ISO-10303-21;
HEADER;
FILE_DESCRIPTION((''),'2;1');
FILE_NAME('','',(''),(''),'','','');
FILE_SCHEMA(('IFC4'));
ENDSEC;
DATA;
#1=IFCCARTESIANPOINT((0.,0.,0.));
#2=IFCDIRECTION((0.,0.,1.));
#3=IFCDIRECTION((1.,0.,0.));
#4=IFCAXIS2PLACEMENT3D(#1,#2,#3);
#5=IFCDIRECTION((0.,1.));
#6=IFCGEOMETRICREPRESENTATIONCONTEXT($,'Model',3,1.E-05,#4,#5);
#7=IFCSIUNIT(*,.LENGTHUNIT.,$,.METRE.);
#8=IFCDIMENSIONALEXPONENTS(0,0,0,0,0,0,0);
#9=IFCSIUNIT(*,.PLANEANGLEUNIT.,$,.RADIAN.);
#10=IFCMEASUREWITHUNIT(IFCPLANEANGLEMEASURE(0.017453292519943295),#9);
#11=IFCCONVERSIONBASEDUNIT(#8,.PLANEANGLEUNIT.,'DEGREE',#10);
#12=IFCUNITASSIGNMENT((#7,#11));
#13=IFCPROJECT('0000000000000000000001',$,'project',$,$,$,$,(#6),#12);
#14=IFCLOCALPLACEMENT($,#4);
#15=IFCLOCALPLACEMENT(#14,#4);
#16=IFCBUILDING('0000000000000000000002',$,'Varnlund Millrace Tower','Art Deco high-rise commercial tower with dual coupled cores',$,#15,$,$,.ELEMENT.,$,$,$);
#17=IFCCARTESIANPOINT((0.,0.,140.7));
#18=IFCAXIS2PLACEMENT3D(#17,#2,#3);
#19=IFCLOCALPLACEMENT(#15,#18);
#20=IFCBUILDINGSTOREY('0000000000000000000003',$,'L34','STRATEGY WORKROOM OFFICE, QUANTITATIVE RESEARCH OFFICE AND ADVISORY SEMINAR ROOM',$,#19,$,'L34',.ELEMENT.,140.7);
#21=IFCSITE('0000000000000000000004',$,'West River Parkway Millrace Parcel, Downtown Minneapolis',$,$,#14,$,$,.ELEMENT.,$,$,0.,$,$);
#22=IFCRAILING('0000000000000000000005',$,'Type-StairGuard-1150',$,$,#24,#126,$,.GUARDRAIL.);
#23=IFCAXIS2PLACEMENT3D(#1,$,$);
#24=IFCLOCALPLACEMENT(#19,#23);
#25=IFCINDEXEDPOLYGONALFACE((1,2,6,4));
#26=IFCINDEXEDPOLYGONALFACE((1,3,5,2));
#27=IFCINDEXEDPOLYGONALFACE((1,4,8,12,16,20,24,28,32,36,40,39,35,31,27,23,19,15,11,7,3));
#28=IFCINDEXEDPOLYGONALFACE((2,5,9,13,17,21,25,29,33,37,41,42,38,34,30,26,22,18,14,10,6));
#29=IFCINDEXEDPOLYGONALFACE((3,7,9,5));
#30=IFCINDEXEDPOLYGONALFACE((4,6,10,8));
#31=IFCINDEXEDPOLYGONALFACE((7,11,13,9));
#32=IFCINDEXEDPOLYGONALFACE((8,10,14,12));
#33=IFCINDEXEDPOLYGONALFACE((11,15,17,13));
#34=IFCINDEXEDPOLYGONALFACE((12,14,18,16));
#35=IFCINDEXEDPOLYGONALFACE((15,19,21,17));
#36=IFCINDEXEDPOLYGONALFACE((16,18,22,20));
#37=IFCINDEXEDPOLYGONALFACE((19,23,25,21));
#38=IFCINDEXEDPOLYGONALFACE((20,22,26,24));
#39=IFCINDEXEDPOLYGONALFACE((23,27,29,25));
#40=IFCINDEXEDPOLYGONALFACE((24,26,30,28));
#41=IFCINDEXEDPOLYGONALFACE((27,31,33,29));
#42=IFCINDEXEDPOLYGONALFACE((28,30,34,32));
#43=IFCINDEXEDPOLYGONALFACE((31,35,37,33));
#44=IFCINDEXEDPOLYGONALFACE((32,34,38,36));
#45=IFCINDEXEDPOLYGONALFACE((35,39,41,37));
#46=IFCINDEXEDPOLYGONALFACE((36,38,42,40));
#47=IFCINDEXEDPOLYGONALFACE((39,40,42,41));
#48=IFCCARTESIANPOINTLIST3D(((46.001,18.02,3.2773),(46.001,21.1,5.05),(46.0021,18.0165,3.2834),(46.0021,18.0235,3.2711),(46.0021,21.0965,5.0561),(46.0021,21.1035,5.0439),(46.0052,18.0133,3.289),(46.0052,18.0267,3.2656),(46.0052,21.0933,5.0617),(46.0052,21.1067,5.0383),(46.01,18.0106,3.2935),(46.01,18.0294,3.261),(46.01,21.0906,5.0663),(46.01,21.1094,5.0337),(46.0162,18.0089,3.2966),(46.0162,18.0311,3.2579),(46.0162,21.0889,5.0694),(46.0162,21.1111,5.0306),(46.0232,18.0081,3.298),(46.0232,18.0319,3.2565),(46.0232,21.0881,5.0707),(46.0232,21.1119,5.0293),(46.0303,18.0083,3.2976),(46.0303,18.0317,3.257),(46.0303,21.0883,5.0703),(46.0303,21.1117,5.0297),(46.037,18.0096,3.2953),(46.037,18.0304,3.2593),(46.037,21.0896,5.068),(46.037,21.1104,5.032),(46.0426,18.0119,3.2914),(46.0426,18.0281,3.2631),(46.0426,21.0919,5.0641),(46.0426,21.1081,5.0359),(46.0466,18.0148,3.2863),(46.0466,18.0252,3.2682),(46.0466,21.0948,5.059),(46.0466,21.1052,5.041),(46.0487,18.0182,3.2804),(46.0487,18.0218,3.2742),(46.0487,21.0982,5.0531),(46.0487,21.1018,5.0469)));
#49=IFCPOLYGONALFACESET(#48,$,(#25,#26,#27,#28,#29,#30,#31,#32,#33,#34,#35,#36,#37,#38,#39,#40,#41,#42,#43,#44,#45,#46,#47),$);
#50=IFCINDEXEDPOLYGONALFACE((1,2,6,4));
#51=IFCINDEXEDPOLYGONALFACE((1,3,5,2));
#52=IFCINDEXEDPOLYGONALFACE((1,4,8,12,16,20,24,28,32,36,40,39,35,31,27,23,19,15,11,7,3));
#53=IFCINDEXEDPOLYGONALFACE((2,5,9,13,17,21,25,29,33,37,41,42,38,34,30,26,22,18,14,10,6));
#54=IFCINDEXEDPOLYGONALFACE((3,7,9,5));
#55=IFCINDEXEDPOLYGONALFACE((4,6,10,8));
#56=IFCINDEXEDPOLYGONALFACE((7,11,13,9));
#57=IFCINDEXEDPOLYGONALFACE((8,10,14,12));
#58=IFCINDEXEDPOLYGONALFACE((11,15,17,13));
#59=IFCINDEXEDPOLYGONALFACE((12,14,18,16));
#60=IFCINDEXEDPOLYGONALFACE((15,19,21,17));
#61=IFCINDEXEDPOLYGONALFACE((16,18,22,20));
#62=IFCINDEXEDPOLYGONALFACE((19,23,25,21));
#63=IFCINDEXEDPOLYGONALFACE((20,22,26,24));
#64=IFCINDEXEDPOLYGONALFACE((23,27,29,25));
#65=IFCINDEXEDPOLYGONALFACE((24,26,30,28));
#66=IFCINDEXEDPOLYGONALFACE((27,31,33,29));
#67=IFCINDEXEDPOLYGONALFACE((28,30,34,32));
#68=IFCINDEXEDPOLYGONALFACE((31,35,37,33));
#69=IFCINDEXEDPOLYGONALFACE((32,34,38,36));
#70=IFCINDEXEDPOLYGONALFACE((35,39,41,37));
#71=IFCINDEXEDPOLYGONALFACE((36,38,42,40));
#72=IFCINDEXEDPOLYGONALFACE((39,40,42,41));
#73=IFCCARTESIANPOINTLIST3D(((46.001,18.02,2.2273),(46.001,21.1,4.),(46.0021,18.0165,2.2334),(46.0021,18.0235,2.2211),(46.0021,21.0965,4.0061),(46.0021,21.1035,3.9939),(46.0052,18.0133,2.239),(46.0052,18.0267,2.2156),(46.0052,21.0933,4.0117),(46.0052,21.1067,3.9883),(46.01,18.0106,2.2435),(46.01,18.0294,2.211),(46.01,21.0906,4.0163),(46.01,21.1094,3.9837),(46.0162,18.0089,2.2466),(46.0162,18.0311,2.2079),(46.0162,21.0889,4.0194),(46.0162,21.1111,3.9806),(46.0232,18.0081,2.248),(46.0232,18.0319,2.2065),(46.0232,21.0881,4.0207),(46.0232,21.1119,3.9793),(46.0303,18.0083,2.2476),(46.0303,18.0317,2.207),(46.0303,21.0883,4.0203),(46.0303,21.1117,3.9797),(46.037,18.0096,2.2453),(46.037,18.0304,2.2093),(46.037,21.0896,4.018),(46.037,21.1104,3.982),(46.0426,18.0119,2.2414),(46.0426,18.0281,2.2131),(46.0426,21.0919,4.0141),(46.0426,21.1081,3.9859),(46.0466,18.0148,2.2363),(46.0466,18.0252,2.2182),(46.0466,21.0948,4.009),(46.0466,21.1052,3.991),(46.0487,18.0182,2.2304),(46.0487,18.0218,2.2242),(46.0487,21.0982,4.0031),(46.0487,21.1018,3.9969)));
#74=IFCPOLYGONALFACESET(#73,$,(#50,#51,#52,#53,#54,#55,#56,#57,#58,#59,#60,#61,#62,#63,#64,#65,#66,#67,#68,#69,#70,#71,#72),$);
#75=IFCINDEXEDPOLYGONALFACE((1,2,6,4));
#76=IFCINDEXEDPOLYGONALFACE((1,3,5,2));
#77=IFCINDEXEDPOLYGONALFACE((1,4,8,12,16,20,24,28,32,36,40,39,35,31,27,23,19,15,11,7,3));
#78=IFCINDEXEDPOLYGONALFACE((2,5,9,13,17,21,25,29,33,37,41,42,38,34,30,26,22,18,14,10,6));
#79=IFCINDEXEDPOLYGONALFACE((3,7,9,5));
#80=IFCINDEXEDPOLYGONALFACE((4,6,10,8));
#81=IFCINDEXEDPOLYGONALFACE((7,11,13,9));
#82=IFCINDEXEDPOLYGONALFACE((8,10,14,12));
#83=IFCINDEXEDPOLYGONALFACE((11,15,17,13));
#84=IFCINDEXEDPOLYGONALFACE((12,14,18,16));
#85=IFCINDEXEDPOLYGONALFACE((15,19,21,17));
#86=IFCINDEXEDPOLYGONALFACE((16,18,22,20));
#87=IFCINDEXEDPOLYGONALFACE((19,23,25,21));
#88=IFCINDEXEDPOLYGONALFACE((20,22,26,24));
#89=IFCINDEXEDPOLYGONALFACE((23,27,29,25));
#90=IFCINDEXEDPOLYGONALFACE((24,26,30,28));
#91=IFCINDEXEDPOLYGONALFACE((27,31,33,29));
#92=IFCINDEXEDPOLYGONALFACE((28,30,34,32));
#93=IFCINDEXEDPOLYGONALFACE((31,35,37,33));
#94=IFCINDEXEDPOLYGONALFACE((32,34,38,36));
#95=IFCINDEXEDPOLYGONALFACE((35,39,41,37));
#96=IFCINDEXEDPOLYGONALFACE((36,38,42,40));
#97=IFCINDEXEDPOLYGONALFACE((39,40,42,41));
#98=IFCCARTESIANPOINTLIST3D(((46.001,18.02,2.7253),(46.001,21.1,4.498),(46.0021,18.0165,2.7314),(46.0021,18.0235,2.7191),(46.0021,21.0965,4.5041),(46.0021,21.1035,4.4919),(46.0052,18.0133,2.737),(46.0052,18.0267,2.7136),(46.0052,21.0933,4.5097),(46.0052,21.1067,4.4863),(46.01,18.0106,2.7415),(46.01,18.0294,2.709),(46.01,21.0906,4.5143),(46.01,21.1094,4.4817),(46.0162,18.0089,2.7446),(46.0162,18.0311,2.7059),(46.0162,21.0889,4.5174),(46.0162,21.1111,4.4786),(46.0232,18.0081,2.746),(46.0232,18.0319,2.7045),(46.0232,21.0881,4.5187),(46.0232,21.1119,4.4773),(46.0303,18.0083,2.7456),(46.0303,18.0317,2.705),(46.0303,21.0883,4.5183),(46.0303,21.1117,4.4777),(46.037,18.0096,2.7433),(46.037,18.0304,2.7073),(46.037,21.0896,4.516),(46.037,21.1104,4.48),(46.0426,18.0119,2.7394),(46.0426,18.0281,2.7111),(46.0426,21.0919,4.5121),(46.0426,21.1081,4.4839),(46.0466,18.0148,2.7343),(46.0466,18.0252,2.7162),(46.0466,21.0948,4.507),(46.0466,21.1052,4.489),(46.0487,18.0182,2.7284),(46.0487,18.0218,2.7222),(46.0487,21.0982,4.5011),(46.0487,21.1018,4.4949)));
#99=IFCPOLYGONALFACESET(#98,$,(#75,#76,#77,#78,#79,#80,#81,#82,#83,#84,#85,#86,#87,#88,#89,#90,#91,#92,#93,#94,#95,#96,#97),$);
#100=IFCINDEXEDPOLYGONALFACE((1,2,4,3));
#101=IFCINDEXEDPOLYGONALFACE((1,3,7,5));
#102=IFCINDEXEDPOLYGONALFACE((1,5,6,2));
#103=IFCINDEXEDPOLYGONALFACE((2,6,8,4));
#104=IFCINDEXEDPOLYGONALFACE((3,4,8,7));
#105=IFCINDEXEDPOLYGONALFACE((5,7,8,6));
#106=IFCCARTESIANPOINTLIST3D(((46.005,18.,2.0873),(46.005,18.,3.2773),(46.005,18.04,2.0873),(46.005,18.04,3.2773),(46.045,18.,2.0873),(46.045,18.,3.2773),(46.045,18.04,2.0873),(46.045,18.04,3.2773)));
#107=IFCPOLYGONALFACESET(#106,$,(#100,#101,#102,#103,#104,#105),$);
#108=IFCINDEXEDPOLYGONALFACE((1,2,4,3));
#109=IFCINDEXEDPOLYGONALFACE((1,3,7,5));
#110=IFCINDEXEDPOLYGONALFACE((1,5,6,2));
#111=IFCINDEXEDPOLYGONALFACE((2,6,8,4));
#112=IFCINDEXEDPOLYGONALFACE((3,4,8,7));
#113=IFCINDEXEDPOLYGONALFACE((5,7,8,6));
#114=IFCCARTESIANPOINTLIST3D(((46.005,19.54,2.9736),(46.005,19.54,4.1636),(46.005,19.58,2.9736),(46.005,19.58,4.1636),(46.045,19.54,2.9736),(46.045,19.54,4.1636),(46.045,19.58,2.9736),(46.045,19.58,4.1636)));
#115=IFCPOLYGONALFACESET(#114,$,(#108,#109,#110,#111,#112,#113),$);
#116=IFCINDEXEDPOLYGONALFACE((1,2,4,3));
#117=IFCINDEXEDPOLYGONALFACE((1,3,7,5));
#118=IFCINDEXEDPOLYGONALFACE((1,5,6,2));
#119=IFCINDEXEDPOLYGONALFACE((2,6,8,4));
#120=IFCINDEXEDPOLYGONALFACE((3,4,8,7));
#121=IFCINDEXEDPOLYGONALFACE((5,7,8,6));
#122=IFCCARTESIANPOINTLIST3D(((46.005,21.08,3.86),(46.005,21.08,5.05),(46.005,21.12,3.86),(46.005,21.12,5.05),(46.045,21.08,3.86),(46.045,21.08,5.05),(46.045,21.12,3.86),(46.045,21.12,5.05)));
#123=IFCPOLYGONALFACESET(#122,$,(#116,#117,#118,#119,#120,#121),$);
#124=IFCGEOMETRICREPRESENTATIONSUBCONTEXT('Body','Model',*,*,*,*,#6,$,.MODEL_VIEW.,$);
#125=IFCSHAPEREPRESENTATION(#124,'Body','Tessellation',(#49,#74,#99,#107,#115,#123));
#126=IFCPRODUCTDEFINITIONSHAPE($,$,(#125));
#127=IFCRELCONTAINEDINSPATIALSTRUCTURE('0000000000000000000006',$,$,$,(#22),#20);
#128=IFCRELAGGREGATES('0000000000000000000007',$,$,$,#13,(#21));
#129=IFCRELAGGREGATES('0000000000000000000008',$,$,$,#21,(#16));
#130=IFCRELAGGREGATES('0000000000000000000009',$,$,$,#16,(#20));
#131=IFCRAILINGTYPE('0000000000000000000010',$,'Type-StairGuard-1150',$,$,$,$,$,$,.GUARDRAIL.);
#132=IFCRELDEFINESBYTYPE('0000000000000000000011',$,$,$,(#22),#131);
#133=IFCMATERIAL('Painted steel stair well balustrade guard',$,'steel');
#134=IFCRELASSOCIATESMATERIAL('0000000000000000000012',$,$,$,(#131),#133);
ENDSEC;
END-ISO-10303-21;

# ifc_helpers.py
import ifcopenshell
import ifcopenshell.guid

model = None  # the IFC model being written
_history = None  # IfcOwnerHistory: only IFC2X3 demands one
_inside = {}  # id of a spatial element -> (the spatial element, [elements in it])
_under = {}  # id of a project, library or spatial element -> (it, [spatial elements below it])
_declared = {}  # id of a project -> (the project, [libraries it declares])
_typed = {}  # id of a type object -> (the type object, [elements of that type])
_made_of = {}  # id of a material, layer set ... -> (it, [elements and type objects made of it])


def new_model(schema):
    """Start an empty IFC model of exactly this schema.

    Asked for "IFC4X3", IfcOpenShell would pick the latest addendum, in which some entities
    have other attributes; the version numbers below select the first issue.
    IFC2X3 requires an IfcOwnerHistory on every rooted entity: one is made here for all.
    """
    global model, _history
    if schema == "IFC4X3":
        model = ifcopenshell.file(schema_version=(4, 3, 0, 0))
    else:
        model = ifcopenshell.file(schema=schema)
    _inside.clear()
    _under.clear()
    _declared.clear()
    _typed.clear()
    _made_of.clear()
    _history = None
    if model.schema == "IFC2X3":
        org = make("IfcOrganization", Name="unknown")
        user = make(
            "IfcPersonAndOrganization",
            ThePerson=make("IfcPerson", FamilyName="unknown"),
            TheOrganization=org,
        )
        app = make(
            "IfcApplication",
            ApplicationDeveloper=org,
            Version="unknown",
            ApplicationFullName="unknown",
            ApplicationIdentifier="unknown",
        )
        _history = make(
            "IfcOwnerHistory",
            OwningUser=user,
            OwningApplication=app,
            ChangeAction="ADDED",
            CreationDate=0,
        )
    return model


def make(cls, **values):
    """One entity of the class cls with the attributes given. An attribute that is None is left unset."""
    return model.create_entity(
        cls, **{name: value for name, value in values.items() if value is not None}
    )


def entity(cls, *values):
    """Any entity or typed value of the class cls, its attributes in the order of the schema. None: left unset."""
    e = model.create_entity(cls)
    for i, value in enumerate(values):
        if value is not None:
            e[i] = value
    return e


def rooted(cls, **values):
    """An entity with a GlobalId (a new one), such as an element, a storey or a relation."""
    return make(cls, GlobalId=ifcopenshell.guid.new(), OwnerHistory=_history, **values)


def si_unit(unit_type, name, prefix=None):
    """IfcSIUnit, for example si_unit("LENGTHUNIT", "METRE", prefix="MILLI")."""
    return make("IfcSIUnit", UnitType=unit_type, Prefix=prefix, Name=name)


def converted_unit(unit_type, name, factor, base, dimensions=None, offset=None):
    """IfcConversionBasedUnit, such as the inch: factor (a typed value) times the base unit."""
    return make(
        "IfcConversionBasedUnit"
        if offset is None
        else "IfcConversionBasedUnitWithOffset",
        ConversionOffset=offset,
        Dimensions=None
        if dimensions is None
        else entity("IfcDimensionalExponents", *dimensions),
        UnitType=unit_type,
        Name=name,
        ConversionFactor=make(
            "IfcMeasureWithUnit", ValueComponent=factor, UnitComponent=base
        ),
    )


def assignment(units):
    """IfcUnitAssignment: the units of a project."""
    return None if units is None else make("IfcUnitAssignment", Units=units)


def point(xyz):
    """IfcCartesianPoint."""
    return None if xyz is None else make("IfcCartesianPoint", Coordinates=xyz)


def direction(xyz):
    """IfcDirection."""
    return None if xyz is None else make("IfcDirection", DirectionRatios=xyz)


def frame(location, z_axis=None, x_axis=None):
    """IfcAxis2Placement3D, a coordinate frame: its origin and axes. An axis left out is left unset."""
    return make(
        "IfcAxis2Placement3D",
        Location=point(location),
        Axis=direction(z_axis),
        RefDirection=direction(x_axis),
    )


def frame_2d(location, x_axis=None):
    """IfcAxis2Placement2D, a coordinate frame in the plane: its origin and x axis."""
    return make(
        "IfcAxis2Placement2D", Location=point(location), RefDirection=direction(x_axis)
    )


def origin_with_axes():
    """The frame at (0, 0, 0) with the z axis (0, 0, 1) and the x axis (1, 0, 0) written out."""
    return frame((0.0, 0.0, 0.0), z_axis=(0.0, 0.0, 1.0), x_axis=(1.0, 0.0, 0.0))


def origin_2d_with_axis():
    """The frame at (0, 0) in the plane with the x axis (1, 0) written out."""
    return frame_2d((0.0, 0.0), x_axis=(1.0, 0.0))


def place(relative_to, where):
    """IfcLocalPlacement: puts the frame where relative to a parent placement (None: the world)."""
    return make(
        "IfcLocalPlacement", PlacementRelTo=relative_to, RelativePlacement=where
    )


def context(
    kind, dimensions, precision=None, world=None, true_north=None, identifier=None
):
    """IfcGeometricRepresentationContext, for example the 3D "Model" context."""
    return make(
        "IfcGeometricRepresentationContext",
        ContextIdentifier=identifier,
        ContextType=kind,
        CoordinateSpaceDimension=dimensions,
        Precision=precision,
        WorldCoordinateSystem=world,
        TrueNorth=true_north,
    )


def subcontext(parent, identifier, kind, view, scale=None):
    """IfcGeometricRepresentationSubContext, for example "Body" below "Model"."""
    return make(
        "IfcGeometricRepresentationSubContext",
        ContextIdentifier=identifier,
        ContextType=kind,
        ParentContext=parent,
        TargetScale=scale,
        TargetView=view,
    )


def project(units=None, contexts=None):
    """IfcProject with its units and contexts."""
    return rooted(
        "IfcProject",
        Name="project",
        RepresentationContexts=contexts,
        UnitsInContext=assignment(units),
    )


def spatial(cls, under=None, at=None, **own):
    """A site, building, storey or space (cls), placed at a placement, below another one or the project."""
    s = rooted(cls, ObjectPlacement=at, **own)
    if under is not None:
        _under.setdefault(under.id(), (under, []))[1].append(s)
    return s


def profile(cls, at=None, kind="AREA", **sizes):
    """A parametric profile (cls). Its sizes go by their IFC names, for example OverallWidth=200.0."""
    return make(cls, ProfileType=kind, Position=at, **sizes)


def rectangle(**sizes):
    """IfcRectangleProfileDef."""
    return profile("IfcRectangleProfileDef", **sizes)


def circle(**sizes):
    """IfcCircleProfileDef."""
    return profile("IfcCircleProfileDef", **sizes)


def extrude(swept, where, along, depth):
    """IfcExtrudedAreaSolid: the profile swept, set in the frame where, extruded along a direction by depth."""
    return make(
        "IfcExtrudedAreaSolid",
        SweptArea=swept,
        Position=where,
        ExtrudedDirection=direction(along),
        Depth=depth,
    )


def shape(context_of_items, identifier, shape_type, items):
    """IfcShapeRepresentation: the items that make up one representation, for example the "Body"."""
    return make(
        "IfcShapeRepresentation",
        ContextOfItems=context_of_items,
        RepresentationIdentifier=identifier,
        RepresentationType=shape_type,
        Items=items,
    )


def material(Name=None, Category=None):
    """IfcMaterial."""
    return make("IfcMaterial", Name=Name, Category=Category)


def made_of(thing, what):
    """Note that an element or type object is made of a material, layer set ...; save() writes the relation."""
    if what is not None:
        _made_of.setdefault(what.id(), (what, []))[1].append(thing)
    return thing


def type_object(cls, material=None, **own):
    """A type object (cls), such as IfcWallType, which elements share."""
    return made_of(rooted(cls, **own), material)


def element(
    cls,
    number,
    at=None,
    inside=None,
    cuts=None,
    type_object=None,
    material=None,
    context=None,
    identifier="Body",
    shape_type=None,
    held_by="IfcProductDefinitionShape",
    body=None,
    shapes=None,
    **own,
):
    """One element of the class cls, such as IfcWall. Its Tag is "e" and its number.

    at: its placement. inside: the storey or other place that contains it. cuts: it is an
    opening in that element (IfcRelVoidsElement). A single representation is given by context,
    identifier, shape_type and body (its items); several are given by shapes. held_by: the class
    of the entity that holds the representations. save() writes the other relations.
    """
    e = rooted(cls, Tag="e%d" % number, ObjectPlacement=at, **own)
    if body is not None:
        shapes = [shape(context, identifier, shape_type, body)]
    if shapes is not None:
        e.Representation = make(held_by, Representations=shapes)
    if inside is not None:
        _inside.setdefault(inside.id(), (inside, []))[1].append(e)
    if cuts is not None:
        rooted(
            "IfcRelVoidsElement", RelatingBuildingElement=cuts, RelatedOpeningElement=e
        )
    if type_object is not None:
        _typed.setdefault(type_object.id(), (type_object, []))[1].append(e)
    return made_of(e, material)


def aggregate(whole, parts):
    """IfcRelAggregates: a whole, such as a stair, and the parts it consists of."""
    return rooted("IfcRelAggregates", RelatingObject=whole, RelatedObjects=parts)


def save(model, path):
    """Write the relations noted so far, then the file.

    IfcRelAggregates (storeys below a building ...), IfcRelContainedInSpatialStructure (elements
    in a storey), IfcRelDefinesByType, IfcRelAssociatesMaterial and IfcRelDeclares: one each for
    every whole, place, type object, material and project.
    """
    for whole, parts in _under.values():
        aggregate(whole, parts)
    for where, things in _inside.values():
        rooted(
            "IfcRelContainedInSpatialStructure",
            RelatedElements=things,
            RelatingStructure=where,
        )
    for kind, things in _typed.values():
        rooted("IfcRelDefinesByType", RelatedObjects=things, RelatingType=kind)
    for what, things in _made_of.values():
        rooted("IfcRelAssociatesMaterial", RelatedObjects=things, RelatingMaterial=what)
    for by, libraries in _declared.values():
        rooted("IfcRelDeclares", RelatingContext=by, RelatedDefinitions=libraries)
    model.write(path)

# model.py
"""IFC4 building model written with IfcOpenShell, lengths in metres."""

from ifc_helpers import new_model, entity, si_unit, converted_unit, direction, frame, origin_with_axes, origin_2d_with_axis, place, context, subcontext, project, spatial, rectangle, circle, extrude, material, type_object, element, save


model = new_model("IFC4")

# Units and contexts
model_context = context("Model", 3, precision=1e-05, world=origin_with_axes(), true_north=direction((0.0, 1.0)))
body_context = subcontext(model_context, "Body", "Model", "MODEL_VIEW")
ifc_project = project(units=[si_unit("LENGTHUNIT", "METRE"), converted_unit("PLANEANGLEUNIT", "DEGREE", entity("IfcPlaneAngleMeasure", 0.017453292519943295), si_unit("PLANEANGLEUNIT", "RADIAN"), dimensions=[0, 0, 0, 0, 0, 0, 0])], contexts=[model_context])

# Site, building, storey
site_placement = place(None, origin_with_axes())
site = spatial("IfcSite", under=ifc_project, at=site_placement, Name="West River Parkway Millrace Parcel, Downtown Minneapolis", CompositionType="ELEMENT", RefElevation=0.0)
building_placement = place(site_placement, origin_with_axes())
building = spatial("IfcBuilding", under=site, at=building_placement, Name="Varnlund Millrace Tower", Description="Art Deco high-rise commercial tower with dual coupled cores", CompositionType="ELEMENT")
storey_placement = place(building_placement, frame((0.0, 0.0, 140.7), z_axis=(0.0, 0.0, 1.0), x_axis=(1.0, 0.0, 0.0)))
storey = spatial("IfcBuildingStorey", under=building, at=storey_placement, Name="L34", Description="STRATEGY WORKROOM OFFICE, QUANTITATIVE RESEARCH OFFICE AND ADVISORY SEMINAR ROOM", LongName="L34", CompositionType="ELEMENT", Elevation=140.7)

# Railing
ifc_material_1 = material(Name="Painted steel stair well balustrade guard", Category="steel")
railing_type_1 = type_object("IfcRailingType", Name="Type-StairGuard-1150", PredefinedType="GUARDRAIL", material=ifc_material_1)
railing_1_placement = place(storey_placement, frame((0.0, 0.0, -140.7), z_axis=(0.0, 0.0, 1.0), x_axis=(1.0, 0.0, 0.0)))
element("IfcRailing", 1, at=railing_1_placement, inside=storey, type_object=railing_type_1, Name="Type-StairGuard-1150", PredefinedType="GUARDRAIL", context=body_context, shape_type="SweptSolid", body=[
    extrude(circle(Radius=0.024, at=origin_2d_with_axis()), frame((46.025, 18.02, 143.9773), z_axis=(0.0, 0.866696, 0.498836), x_axis=(-1.0, 0.0, 0.0)), (0.0, 0.0, 1.0), 3.5537),
    extrude(circle(Radius=0.024, at=origin_2d_with_axis()), frame((46.025, 18.02, 142.9273), z_axis=(0.0, 0.866696, 0.498836), x_axis=(-1.0, 0.0, 0.0)), (0.0, 0.0, 1.0), 3.5537),
    extrude(circle(Radius=0.024, at=origin_2d_with_axis()), frame((46.025, 18.02, 143.4253), z_axis=(0.0, 0.866696, 0.498836), x_axis=(-1.0, 0.0, 0.0)), (0.0, 0.0, 1.0), 3.5537),
    extrude(rectangle(XDim=0.04, YDim=0.04, at=origin_2d_with_axis()), frame((46.025, 18.02, 142.7873), z_axis=(0.0, 0.0, 1.0), x_axis=(1.0, 0.0, 0.0)), (0.0, 0.0, 1.0), 1.19),
    extrude(rectangle(XDim=0.04, YDim=0.04, at=origin_2d_with_axis()), frame((46.025, 19.56, 143.6736), z_axis=(0.0, 0.0, 1.0), x_axis=(1.0, 0.0, 0.0)), (0.0, 0.0, 1.0), 1.19),
    extrude(rectangle(XDim=0.04, YDim=0.04, at=origin_2d_with_axis()), frame((46.025, 21.1, 144.56), z_axis=(0.0, 0.0, 1.0), x_axis=(1.0, 0.0, 0.0)), (0.0, 0.0, 1.0), 1.19),
])

save(model, "model.ifc")
